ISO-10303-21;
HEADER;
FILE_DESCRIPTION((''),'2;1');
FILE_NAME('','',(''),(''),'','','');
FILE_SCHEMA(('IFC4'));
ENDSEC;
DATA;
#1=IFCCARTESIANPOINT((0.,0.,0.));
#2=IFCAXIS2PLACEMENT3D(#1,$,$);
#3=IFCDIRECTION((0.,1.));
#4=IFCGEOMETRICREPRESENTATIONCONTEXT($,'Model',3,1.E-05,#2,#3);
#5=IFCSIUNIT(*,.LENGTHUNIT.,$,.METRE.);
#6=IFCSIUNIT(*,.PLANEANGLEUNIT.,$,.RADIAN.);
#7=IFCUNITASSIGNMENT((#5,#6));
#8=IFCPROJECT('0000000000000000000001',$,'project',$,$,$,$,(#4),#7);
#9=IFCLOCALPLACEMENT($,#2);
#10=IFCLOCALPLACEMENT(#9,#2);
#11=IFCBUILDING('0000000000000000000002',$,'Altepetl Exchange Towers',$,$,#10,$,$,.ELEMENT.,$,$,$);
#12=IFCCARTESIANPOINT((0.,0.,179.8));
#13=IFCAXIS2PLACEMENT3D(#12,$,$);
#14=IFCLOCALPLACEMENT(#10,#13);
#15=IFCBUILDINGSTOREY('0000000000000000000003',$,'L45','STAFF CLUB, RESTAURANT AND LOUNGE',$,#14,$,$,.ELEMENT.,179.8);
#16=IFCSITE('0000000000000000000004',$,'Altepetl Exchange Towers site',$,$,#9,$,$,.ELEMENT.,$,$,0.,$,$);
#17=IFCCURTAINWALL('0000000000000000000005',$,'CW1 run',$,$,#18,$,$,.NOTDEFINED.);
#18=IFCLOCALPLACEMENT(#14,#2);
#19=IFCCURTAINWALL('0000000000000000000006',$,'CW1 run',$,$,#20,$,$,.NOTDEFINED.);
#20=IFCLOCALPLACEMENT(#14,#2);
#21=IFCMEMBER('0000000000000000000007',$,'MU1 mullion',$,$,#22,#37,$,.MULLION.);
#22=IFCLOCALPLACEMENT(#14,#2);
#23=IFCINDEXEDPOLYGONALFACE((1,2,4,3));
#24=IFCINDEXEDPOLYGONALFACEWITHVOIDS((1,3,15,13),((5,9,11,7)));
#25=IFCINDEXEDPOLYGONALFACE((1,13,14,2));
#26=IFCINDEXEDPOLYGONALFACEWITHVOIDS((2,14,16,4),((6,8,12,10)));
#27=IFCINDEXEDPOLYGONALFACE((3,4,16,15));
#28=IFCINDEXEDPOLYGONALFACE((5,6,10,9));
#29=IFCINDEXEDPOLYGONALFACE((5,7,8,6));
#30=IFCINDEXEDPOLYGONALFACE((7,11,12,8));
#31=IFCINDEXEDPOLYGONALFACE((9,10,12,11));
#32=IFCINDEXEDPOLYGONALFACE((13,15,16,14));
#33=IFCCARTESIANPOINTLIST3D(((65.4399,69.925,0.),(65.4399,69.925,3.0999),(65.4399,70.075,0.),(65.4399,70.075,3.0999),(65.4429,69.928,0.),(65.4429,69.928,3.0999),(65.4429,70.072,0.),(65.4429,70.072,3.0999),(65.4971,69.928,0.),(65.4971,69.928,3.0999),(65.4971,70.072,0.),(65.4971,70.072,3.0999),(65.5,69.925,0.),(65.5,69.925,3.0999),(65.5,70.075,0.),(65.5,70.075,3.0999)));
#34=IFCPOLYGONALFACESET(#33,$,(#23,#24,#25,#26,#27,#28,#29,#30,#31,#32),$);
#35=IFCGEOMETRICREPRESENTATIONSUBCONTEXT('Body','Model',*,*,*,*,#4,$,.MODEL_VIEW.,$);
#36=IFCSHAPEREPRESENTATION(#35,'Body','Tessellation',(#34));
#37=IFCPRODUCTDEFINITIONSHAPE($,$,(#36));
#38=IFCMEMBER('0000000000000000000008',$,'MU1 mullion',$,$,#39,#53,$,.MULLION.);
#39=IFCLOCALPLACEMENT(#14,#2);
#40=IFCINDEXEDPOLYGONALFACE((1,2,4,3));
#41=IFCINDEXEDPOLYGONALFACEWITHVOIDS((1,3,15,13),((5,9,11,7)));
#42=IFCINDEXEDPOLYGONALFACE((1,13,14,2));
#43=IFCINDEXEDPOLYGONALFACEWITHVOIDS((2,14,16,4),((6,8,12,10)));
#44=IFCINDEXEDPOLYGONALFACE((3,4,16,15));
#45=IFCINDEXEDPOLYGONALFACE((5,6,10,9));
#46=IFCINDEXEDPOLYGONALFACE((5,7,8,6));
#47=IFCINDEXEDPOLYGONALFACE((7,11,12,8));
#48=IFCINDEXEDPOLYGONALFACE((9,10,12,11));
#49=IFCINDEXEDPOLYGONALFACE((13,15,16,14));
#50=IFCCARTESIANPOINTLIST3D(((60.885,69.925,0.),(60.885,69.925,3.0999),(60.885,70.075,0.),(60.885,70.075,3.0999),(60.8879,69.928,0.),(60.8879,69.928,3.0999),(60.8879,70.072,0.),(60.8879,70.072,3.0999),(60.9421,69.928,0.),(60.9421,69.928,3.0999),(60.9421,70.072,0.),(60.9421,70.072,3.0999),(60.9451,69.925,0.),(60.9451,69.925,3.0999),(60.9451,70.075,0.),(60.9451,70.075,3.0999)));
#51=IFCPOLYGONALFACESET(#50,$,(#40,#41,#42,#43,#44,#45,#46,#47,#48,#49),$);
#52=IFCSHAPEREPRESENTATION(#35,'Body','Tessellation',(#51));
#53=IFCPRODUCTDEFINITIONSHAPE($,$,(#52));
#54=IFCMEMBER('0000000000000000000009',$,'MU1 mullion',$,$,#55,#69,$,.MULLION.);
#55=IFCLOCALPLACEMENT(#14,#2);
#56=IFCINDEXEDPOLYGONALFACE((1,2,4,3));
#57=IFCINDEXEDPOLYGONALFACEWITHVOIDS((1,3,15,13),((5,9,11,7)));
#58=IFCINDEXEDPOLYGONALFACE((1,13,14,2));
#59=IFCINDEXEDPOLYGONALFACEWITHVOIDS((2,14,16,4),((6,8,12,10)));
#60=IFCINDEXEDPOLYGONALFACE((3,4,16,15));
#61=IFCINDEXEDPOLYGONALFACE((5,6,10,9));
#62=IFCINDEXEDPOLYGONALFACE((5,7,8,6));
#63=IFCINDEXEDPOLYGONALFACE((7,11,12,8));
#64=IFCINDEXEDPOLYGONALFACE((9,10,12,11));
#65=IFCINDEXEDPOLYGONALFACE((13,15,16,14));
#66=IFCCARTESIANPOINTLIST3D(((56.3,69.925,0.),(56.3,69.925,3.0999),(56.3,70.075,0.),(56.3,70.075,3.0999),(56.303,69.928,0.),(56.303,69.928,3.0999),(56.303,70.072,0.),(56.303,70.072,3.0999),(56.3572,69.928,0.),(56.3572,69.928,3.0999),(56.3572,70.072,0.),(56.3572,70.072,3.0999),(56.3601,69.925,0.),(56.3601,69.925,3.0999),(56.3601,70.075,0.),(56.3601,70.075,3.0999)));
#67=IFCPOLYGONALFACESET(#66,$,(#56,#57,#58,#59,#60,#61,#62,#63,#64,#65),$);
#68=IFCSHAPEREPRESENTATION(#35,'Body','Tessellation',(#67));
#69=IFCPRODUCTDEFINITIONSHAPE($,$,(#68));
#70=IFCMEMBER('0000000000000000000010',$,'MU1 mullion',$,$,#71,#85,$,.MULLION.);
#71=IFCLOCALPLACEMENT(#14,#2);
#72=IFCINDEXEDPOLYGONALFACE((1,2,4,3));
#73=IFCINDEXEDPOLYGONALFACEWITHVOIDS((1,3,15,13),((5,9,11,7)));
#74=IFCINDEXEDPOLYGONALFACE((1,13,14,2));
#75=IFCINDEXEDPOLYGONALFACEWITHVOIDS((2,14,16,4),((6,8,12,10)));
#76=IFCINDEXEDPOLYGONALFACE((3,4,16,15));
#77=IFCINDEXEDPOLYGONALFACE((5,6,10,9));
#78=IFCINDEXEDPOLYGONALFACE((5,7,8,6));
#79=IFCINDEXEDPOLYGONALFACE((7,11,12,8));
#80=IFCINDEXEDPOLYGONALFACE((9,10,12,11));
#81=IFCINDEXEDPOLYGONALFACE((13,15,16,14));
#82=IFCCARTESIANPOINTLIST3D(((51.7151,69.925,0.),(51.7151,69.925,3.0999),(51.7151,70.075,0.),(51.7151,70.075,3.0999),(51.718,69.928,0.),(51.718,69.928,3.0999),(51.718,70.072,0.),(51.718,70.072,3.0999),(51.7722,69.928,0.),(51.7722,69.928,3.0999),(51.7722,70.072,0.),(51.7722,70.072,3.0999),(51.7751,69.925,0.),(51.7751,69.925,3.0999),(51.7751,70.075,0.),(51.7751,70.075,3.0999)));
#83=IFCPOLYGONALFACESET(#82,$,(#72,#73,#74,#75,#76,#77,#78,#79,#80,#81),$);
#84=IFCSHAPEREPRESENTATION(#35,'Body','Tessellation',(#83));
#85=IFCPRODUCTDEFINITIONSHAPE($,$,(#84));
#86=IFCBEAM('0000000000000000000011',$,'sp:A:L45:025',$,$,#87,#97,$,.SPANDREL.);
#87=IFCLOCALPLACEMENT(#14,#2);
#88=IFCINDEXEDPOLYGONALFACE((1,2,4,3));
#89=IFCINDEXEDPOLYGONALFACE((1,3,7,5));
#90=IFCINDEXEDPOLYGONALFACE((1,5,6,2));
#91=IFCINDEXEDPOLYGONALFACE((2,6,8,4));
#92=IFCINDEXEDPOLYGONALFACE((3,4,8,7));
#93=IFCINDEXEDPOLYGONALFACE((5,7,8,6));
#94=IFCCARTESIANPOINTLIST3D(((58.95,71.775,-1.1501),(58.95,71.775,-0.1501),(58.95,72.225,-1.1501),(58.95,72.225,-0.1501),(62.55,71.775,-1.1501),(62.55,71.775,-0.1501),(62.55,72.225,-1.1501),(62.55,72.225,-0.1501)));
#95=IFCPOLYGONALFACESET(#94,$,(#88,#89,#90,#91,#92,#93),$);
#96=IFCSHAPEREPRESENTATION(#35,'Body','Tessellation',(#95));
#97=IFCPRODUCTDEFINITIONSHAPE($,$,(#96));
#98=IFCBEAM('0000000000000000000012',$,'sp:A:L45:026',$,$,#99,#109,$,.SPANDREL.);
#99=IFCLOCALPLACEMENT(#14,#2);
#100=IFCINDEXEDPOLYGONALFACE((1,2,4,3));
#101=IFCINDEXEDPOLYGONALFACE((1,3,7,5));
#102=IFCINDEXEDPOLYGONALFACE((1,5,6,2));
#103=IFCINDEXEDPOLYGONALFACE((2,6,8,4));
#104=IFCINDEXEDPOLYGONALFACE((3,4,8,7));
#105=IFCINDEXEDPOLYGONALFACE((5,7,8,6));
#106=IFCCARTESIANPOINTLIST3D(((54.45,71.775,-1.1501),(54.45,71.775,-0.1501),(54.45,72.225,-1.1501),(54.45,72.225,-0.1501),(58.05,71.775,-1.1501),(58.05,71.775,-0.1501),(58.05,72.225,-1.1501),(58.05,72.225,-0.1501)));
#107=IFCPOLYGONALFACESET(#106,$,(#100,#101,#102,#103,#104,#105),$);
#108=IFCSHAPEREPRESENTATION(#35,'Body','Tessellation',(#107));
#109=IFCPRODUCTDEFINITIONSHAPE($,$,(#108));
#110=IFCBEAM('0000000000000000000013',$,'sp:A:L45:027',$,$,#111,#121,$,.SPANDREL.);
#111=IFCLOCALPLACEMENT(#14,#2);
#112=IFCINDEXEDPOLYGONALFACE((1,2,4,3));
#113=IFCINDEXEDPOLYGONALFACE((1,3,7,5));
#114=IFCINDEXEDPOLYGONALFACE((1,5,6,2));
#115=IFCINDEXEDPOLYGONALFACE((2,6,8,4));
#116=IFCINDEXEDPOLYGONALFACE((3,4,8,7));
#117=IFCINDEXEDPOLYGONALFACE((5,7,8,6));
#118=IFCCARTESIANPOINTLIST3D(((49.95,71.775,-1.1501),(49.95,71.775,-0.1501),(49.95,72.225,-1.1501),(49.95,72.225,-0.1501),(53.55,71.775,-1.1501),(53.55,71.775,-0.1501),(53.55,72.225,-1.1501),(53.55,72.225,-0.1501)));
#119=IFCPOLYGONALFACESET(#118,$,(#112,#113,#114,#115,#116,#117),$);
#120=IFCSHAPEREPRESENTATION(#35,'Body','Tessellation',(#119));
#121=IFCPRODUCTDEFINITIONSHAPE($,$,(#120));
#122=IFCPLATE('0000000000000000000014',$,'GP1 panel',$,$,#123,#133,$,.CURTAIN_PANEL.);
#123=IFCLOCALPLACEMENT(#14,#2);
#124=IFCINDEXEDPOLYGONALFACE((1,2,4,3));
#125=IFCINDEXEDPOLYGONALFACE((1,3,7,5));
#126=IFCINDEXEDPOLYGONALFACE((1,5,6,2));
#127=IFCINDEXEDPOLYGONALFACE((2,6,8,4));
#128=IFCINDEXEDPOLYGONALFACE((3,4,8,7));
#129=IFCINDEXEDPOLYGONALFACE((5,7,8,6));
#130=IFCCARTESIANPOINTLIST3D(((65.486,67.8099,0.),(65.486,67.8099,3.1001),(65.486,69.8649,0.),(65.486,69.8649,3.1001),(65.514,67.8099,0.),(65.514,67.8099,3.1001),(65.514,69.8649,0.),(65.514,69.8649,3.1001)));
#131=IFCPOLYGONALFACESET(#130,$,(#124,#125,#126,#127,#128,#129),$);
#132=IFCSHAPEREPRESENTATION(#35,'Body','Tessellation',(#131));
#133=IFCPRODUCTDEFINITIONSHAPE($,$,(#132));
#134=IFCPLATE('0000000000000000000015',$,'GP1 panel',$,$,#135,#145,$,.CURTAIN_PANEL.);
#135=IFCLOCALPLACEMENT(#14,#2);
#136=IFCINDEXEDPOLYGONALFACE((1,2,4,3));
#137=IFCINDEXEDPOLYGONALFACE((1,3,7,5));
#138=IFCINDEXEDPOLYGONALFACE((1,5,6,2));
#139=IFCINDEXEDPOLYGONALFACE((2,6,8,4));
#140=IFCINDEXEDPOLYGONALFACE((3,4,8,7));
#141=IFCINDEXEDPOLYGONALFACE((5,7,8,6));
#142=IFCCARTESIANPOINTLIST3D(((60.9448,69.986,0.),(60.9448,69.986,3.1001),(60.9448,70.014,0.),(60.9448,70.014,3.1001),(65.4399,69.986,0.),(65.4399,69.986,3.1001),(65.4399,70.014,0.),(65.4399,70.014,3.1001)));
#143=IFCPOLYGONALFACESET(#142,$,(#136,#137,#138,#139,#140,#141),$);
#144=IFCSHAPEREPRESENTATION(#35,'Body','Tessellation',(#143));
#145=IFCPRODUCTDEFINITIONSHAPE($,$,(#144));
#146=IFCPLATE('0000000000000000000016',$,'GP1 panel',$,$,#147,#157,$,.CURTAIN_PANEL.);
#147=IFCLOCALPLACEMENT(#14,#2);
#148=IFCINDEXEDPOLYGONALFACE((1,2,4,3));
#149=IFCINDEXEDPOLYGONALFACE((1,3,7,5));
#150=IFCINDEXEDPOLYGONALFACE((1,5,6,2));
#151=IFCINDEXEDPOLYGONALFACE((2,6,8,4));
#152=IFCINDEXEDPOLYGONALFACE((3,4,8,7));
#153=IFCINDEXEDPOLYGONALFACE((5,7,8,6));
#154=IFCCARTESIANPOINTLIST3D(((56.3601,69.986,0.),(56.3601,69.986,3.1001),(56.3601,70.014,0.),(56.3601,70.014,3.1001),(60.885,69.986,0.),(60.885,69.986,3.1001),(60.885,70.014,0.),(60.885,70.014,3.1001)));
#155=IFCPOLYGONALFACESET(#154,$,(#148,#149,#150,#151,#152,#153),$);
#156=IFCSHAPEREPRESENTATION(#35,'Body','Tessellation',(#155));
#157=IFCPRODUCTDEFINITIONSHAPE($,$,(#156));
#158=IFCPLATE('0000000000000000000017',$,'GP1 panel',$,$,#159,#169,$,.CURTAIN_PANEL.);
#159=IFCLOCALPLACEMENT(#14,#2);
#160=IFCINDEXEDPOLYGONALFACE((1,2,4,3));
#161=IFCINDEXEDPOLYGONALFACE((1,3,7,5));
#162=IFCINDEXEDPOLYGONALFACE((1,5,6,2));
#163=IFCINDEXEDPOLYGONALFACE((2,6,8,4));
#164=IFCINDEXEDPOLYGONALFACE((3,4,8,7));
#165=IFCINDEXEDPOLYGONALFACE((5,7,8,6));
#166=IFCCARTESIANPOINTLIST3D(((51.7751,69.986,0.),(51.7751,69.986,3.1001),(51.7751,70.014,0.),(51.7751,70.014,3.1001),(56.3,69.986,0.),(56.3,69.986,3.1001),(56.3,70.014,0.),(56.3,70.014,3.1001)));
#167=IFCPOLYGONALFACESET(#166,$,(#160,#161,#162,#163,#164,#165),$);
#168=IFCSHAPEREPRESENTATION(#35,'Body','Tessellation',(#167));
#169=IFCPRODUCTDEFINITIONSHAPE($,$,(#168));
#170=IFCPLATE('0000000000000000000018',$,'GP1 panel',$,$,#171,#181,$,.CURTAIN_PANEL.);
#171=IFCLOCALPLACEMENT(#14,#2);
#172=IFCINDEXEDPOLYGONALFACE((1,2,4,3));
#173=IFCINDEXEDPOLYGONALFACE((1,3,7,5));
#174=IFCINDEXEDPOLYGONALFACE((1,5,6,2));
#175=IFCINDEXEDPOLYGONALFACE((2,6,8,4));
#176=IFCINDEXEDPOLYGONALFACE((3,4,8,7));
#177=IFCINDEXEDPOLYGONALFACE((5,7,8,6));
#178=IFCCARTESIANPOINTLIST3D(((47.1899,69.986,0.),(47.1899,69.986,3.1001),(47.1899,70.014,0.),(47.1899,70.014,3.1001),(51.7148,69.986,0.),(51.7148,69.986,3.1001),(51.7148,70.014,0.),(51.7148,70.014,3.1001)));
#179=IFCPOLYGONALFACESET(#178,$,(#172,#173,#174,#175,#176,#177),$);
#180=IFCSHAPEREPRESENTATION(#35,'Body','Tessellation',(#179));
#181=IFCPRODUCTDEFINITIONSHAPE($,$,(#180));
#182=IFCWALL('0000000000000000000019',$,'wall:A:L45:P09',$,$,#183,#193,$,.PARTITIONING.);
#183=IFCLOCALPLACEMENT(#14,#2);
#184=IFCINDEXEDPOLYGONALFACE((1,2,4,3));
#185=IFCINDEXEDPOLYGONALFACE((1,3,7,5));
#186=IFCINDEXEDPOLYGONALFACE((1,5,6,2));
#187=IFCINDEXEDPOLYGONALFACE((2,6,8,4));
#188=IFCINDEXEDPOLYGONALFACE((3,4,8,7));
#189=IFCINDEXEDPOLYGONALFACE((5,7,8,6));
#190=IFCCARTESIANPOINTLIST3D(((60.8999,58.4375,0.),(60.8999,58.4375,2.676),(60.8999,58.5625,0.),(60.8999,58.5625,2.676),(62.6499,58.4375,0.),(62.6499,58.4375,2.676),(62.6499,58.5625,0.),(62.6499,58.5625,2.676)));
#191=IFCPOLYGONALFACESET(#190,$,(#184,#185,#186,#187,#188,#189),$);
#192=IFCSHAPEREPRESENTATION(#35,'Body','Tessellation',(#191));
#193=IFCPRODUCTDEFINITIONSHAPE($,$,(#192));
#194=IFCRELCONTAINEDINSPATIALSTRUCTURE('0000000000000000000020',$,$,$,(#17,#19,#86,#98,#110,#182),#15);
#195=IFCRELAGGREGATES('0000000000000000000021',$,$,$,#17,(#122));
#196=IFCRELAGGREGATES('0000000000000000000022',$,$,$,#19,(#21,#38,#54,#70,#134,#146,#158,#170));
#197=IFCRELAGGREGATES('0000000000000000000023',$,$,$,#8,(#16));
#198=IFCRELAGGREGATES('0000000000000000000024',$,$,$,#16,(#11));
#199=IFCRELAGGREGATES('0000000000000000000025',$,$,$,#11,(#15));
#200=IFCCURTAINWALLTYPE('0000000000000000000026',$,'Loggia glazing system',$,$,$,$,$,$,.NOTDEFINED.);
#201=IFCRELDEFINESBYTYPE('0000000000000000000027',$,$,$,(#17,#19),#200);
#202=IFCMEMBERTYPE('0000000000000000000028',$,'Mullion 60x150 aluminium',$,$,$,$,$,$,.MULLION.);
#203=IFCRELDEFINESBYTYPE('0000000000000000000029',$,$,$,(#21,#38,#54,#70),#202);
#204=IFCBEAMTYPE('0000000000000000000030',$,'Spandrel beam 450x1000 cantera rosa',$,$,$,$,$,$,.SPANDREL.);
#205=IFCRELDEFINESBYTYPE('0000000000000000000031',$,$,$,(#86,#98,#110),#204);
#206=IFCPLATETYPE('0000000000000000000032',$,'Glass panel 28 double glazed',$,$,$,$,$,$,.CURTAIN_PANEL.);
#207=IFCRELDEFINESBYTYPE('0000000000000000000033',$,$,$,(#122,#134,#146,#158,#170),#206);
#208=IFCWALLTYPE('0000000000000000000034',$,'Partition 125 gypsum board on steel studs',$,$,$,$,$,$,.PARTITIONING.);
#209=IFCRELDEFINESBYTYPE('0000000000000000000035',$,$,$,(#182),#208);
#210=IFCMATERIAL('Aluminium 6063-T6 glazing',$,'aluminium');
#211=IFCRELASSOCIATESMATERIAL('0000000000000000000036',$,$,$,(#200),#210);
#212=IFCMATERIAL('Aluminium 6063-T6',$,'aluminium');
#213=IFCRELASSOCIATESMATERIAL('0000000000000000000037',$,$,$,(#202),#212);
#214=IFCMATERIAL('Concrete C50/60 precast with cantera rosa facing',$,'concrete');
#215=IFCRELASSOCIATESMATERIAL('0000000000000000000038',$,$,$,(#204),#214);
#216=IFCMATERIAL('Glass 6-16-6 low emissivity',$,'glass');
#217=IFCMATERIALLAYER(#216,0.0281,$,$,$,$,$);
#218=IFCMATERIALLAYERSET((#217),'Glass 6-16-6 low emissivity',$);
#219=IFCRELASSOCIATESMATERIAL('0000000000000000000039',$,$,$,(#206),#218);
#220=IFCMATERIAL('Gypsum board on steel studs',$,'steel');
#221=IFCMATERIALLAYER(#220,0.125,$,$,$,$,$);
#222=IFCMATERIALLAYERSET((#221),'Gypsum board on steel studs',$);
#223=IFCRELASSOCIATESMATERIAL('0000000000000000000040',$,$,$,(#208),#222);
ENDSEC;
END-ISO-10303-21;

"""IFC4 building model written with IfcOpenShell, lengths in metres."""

from ifc_helpers import new_model, si_unit, direction, frame, frame_2d, origin, origin_2d, place, context, subcontext, project, spatial, rectangle, hollow_rectangle, extrude, material, layer, layer_set, material_profile, profile_set, type_object, element, aggregate, save


model = new_model("IFC4")

# Units and contexts
model_context = context("Model", 3, precision=1e-05, world=origin(), true_north=direction((0.0, 1.0)))
body_context = subcontext(model_context, "Body", "Model", "MODEL_VIEW")
ifc_project = project(units=[si_unit("LENGTHUNIT", "METRE"), si_unit("PLANEANGLEUNIT", "RADIAN")], contexts=[model_context])

# Site, building, storey
site_placement = place(None, origin())
site = spatial("IfcSite", under=ifc_project, at=site_placement, Name="Altepetl Exchange Towers site", CompositionType="ELEMENT", RefElevation=0.0)
building_placement = place(site_placement, origin())
building = spatial("IfcBuilding", under=site, at=building_placement, Name="Altepetl Exchange Towers", CompositionType="ELEMENT")
storey_placement = place(building_placement, frame((0.0, 0.0, 179.8)))
storey = spatial("IfcBuildingStorey", under=building, at=storey_placement, Name="L45", Description="STAFF CLUB, RESTAURANT AND LOUNGE", CompositionType="ELEMENT", Elevation=179.8)

# Curtain walls, members
ifc_material_1 = material(Name="Aluminium 6063-T6 glazing", Category="aluminium")
curtain_wall_type = type_object("IfcCurtainWallType", Name="Loggia glazing system", PredefinedType="NOTDEFINED", material=ifc_material_1)
curtain_wall_1_placement = place(storey_placement, origin())
curtain_wall_1 = element("IfcCurtainWall", 1, at=curtain_wall_1_placement, inside=storey, type_object=curtain_wall_type, Name="CW1 run", PredefinedType="NOTDEFINED")
ifc_material_2 = material(Name="Aluminium 6063-T6", Category="aluminium")
ifc_material_profile_1 = material_profile(ifc_material_2, hollow_rectangle(XDim=0.0601, YDim=0.1499, WallThickness=0.0029, at=origin_2d()), Name="Mullion 60x150 aluminium")
ifc_profile_set_1 = profile_set([ifc_material_profile_1], Name="Aluminium 6063-T6")
member_type = type_object("IfcMemberType", Name="Mullion 60x150 aluminium", PredefinedType="MULLION", material=ifc_profile_set_1)
curtain_wall_2_placement = place(storey_placement, origin())
curtain_wall_2 = element("IfcCurtainWall", 2, at=curtain_wall_2_placement, inside=storey, type_object=curtain_wall_type, Name="CW1 run", PredefinedType="NOTDEFINED")
member_1_placement = place(storey_placement, frame((65.47, 70.0, 0.0), z_axis=(0.0, 0.0, 1.0), x_axis=(-1.0, 0.0, 0.0)))
member_1 = element("IfcMember", 3, at=member_1_placement, type_object=member_type, Name="MU1 mullion", PredefinedType="MULLION", context=body_context, shape_type="SweptSolid", body=[
    extrude(hollow_rectangle(XDim=0.0601, YDim=0.1499, WallThickness=0.0029, at=origin_2d()), origin(), (0.0, 0.0, 1.0), 3.0999),
])
member_2_placement = place(storey_placement, frame((60.915, 70.0, 0.0), z_axis=(0.0, 0.0, 1.0), x_axis=(-1.0, 0.0, 0.0)))
member_2 = element("IfcMember", 4, at=member_2_placement, type_object=member_type, Name="MU1 mullion", PredefinedType="MULLION", context=body_context, shape_type="SweptSolid", body=[
    extrude(hollow_rectangle(XDim=0.0601, YDim=0.1499, WallThickness=0.0029, at=origin_2d()), origin(), (0.0, 0.0, 1.0), 3.0999),
])
member_3_placement = place(storey_placement, frame((56.3301, 70.0, 0.0), z_axis=(0.0, 0.0, 1.0), x_axis=(-1.0, 0.0, 0.0)))
member_3 = element("IfcMember", 5, at=member_3_placement, type_object=member_type, Name="MU1 mullion", PredefinedType="MULLION", context=body_context, shape_type="SweptSolid", body=[
    extrude(hollow_rectangle(XDim=0.0601, YDim=0.1499, WallThickness=0.0029, at=origin_2d()), origin(), (0.0, 0.0, 1.0), 3.0999),
])
member_4_placement = place(storey_placement, frame((51.7451, 70.0, 0.0), z_axis=(0.0, 0.0, 1.0), x_axis=(-1.0, 0.0, 0.0)))
member_4 = element("IfcMember", 6, at=member_4_placement, type_object=member_type, Name="MU1 mullion", PredefinedType="MULLION", context=body_context, shape_type="SweptSolid", body=[
    extrude(hollow_rectangle(XDim=0.0601, YDim=0.1499, WallThickness=0.0029, at=origin_2d()), origin(), (0.0, 0.0, 1.0), 3.0999),
])

# Beams
ifc_material_3 = material(Name="Concrete C50/60 precast with cantera rosa facing", Category="concrete")
ifc_material_profile_2 = material_profile(ifc_material_3, rectangle(XDim=0.45, YDim=1.0, at=origin_2d()), Name="450 x 1000")
ifc_profile_set_2 = profile_set([ifc_material_profile_2], Name="Concrete C50/60 precast with cantera rosa facing")
beam_type_1 = type_object("IfcBeamType", Name="Spandrel beam 450x1000 cantera rosa", PredefinedType="SPANDREL", material=ifc_profile_set_2)
for number, where, z_axis, x_axis, name in (
    (7, (62.55, 72.0, -0.6501), (-1.0, 0.0, 0.0), (0.0, -1.0, 0.0), "sp:A:L45:025"),
    (8, (58.05, 72.0, -0.6501), (-1.0, 0.0, 0.0), (0.0, -1.0, 0.0), "sp:A:L45:026"),
    (9, (53.55, 72.0, -0.6501), (-1.0, 0.0, 0.0), (0.0, -1.0, 0.0), "sp:A:L45:027"),
):
    element("IfcBeam", number, at=place(storey_placement, frame(where, z_axis=z_axis, x_axis=x_axis)), inside=storey, type_object=beam_type_1, Name=name, PredefinedType="SPANDREL", context=body_context, shape_type="SweptSolid", body=[
        extrude(rectangle(XDim=0.45, YDim=1.0, at=origin_2d()), origin(), (0.0, 0.0, 1.0), 3.6001),
    ])

# Plates
ifc_material_4 = material(Name="Glass 6-16-6 low emissivity", Category="glass")
ifc_layer_1 = layer(ifc_material_4, 0.0281)
ifc_layer_set_1 = layer_set([ifc_layer_1], Name="Glass 6-16-6 low emissivity")
plate_type = type_object("IfcPlateType", Name="Glass panel 28 double glazed", PredefinedType="CURTAIN_PANEL", material=ifc_layer_set_1)
plate_1_placement = place(storey_placement, frame((65.5, 68.8374, 0.0), z_axis=(0.0, 0.0, 1.0), x_axis=(0.0, 1.0, 0.0)))
plate_1 = element("IfcPlate", 10, at=plate_1_placement, type_object=plate_type, Name="GP1 panel", PredefinedType="CURTAIN_PANEL", context=body_context, shape_type="SweptSolid", body=[
    extrude(rectangle(XDim=2.0549, YDim=0.0281, at=origin_2d()), origin(), (0.0, 0.0, 1.0), 3.1001),
])
aggregate(curtain_wall_1, [plate_1])
plate_2_placement = place(storey_placement, frame((63.1924, 70.0, 0.0), z_axis=(0.0, 0.0, 1.0), x_axis=(-1.0, 0.0, 0.0)))
plate_2 = element("IfcPlate", 11, at=plate_2_placement, type_object=plate_type, Name="GP1 panel", PredefinedType="CURTAIN_PANEL", context=body_context, shape_type="SweptSolid", body=[
    extrude(rectangle(XDim=4.4951, YDim=0.0281, at=origin_2d()), origin(), (0.0, 0.0, 1.0), 3.1001),
])
plate_3_placement = place(storey_placement, frame((58.6226, 70.0, 0.0), z_axis=(0.0, 0.0, 1.0), x_axis=(-1.0, 0.0, 0.0)))
plate_3 = element("IfcPlate", 12, at=plate_3_placement, type_object=plate_type, Name="GP1 panel", PredefinedType="CURTAIN_PANEL", context=body_context, shape_type="SweptSolid", body=[
    extrude(rectangle(XDim=4.5249, YDim=0.0281, at=origin_2d()), origin(), (0.0, 0.0, 1.0), 3.1001),
])
plate_4_placement = place(storey_placement, frame((54.0376, 70.0, 0.0), z_axis=(0.0, 0.0, 1.0), x_axis=(-1.0, 0.0, 0.0)))
plate_4 = element("IfcPlate", 13, at=plate_4_placement, type_object=plate_type, Name="GP1 panel", PredefinedType="CURTAIN_PANEL", context=body_context, shape_type="SweptSolid", body=[
    extrude(rectangle(XDim=4.5249, YDim=0.0281, at=origin_2d()), origin(), (0.0, 0.0, 1.0), 3.1001),
])
plate_5_placement = place(storey_placement, frame((49.4524, 70.0, 0.0), z_axis=(0.0, 0.0, 1.0), x_axis=(-1.0, 0.0, 0.0)))
plate_5 = element("IfcPlate", 14, at=plate_5_placement, type_object=plate_type, Name="GP1 panel", PredefinedType="CURTAIN_PANEL", context=body_context, shape_type="SweptSolid", body=[
    extrude(rectangle(XDim=4.5249, YDim=0.0281, at=origin_2d()), origin(), (0.0, 0.0, 1.0), 3.1001),
])
aggregate(curtain_wall_2, [member_1, member_2, member_3, member_4, plate_2, plate_3, plate_4, plate_5])

# Wall
ifc_material_5 = material(Name="Gypsum board on steel studs", Category="steel")
ifc_layer_2 = layer(ifc_material_5, 0.125)
ifc_layer_set_2 = layer_set([ifc_layer_2], Name="Gypsum board on steel studs")
wall_type = type_object("IfcWallType", Name="Partition 125 gypsum board on steel studs", PredefinedType="PARTITIONING", material=ifc_layer_set_2)
wall_1_placement = place(storey_placement, frame((60.8999, 58.5, 0.0)))
element("IfcWall", 15, at=wall_1_placement, inside=storey, type_object=wall_type, Name="wall:A:L45:P09", PredefinedType="PARTITIONING", context=body_context, shape_type="SweptSolid", body=[
    extrude(rectangle(XDim=1.75, YDim=0.125, at=frame_2d((0.875, 0.0))), origin(), (0.0, 0.0, 1.0), 2.676),
])

save(model, "model.ifc")
